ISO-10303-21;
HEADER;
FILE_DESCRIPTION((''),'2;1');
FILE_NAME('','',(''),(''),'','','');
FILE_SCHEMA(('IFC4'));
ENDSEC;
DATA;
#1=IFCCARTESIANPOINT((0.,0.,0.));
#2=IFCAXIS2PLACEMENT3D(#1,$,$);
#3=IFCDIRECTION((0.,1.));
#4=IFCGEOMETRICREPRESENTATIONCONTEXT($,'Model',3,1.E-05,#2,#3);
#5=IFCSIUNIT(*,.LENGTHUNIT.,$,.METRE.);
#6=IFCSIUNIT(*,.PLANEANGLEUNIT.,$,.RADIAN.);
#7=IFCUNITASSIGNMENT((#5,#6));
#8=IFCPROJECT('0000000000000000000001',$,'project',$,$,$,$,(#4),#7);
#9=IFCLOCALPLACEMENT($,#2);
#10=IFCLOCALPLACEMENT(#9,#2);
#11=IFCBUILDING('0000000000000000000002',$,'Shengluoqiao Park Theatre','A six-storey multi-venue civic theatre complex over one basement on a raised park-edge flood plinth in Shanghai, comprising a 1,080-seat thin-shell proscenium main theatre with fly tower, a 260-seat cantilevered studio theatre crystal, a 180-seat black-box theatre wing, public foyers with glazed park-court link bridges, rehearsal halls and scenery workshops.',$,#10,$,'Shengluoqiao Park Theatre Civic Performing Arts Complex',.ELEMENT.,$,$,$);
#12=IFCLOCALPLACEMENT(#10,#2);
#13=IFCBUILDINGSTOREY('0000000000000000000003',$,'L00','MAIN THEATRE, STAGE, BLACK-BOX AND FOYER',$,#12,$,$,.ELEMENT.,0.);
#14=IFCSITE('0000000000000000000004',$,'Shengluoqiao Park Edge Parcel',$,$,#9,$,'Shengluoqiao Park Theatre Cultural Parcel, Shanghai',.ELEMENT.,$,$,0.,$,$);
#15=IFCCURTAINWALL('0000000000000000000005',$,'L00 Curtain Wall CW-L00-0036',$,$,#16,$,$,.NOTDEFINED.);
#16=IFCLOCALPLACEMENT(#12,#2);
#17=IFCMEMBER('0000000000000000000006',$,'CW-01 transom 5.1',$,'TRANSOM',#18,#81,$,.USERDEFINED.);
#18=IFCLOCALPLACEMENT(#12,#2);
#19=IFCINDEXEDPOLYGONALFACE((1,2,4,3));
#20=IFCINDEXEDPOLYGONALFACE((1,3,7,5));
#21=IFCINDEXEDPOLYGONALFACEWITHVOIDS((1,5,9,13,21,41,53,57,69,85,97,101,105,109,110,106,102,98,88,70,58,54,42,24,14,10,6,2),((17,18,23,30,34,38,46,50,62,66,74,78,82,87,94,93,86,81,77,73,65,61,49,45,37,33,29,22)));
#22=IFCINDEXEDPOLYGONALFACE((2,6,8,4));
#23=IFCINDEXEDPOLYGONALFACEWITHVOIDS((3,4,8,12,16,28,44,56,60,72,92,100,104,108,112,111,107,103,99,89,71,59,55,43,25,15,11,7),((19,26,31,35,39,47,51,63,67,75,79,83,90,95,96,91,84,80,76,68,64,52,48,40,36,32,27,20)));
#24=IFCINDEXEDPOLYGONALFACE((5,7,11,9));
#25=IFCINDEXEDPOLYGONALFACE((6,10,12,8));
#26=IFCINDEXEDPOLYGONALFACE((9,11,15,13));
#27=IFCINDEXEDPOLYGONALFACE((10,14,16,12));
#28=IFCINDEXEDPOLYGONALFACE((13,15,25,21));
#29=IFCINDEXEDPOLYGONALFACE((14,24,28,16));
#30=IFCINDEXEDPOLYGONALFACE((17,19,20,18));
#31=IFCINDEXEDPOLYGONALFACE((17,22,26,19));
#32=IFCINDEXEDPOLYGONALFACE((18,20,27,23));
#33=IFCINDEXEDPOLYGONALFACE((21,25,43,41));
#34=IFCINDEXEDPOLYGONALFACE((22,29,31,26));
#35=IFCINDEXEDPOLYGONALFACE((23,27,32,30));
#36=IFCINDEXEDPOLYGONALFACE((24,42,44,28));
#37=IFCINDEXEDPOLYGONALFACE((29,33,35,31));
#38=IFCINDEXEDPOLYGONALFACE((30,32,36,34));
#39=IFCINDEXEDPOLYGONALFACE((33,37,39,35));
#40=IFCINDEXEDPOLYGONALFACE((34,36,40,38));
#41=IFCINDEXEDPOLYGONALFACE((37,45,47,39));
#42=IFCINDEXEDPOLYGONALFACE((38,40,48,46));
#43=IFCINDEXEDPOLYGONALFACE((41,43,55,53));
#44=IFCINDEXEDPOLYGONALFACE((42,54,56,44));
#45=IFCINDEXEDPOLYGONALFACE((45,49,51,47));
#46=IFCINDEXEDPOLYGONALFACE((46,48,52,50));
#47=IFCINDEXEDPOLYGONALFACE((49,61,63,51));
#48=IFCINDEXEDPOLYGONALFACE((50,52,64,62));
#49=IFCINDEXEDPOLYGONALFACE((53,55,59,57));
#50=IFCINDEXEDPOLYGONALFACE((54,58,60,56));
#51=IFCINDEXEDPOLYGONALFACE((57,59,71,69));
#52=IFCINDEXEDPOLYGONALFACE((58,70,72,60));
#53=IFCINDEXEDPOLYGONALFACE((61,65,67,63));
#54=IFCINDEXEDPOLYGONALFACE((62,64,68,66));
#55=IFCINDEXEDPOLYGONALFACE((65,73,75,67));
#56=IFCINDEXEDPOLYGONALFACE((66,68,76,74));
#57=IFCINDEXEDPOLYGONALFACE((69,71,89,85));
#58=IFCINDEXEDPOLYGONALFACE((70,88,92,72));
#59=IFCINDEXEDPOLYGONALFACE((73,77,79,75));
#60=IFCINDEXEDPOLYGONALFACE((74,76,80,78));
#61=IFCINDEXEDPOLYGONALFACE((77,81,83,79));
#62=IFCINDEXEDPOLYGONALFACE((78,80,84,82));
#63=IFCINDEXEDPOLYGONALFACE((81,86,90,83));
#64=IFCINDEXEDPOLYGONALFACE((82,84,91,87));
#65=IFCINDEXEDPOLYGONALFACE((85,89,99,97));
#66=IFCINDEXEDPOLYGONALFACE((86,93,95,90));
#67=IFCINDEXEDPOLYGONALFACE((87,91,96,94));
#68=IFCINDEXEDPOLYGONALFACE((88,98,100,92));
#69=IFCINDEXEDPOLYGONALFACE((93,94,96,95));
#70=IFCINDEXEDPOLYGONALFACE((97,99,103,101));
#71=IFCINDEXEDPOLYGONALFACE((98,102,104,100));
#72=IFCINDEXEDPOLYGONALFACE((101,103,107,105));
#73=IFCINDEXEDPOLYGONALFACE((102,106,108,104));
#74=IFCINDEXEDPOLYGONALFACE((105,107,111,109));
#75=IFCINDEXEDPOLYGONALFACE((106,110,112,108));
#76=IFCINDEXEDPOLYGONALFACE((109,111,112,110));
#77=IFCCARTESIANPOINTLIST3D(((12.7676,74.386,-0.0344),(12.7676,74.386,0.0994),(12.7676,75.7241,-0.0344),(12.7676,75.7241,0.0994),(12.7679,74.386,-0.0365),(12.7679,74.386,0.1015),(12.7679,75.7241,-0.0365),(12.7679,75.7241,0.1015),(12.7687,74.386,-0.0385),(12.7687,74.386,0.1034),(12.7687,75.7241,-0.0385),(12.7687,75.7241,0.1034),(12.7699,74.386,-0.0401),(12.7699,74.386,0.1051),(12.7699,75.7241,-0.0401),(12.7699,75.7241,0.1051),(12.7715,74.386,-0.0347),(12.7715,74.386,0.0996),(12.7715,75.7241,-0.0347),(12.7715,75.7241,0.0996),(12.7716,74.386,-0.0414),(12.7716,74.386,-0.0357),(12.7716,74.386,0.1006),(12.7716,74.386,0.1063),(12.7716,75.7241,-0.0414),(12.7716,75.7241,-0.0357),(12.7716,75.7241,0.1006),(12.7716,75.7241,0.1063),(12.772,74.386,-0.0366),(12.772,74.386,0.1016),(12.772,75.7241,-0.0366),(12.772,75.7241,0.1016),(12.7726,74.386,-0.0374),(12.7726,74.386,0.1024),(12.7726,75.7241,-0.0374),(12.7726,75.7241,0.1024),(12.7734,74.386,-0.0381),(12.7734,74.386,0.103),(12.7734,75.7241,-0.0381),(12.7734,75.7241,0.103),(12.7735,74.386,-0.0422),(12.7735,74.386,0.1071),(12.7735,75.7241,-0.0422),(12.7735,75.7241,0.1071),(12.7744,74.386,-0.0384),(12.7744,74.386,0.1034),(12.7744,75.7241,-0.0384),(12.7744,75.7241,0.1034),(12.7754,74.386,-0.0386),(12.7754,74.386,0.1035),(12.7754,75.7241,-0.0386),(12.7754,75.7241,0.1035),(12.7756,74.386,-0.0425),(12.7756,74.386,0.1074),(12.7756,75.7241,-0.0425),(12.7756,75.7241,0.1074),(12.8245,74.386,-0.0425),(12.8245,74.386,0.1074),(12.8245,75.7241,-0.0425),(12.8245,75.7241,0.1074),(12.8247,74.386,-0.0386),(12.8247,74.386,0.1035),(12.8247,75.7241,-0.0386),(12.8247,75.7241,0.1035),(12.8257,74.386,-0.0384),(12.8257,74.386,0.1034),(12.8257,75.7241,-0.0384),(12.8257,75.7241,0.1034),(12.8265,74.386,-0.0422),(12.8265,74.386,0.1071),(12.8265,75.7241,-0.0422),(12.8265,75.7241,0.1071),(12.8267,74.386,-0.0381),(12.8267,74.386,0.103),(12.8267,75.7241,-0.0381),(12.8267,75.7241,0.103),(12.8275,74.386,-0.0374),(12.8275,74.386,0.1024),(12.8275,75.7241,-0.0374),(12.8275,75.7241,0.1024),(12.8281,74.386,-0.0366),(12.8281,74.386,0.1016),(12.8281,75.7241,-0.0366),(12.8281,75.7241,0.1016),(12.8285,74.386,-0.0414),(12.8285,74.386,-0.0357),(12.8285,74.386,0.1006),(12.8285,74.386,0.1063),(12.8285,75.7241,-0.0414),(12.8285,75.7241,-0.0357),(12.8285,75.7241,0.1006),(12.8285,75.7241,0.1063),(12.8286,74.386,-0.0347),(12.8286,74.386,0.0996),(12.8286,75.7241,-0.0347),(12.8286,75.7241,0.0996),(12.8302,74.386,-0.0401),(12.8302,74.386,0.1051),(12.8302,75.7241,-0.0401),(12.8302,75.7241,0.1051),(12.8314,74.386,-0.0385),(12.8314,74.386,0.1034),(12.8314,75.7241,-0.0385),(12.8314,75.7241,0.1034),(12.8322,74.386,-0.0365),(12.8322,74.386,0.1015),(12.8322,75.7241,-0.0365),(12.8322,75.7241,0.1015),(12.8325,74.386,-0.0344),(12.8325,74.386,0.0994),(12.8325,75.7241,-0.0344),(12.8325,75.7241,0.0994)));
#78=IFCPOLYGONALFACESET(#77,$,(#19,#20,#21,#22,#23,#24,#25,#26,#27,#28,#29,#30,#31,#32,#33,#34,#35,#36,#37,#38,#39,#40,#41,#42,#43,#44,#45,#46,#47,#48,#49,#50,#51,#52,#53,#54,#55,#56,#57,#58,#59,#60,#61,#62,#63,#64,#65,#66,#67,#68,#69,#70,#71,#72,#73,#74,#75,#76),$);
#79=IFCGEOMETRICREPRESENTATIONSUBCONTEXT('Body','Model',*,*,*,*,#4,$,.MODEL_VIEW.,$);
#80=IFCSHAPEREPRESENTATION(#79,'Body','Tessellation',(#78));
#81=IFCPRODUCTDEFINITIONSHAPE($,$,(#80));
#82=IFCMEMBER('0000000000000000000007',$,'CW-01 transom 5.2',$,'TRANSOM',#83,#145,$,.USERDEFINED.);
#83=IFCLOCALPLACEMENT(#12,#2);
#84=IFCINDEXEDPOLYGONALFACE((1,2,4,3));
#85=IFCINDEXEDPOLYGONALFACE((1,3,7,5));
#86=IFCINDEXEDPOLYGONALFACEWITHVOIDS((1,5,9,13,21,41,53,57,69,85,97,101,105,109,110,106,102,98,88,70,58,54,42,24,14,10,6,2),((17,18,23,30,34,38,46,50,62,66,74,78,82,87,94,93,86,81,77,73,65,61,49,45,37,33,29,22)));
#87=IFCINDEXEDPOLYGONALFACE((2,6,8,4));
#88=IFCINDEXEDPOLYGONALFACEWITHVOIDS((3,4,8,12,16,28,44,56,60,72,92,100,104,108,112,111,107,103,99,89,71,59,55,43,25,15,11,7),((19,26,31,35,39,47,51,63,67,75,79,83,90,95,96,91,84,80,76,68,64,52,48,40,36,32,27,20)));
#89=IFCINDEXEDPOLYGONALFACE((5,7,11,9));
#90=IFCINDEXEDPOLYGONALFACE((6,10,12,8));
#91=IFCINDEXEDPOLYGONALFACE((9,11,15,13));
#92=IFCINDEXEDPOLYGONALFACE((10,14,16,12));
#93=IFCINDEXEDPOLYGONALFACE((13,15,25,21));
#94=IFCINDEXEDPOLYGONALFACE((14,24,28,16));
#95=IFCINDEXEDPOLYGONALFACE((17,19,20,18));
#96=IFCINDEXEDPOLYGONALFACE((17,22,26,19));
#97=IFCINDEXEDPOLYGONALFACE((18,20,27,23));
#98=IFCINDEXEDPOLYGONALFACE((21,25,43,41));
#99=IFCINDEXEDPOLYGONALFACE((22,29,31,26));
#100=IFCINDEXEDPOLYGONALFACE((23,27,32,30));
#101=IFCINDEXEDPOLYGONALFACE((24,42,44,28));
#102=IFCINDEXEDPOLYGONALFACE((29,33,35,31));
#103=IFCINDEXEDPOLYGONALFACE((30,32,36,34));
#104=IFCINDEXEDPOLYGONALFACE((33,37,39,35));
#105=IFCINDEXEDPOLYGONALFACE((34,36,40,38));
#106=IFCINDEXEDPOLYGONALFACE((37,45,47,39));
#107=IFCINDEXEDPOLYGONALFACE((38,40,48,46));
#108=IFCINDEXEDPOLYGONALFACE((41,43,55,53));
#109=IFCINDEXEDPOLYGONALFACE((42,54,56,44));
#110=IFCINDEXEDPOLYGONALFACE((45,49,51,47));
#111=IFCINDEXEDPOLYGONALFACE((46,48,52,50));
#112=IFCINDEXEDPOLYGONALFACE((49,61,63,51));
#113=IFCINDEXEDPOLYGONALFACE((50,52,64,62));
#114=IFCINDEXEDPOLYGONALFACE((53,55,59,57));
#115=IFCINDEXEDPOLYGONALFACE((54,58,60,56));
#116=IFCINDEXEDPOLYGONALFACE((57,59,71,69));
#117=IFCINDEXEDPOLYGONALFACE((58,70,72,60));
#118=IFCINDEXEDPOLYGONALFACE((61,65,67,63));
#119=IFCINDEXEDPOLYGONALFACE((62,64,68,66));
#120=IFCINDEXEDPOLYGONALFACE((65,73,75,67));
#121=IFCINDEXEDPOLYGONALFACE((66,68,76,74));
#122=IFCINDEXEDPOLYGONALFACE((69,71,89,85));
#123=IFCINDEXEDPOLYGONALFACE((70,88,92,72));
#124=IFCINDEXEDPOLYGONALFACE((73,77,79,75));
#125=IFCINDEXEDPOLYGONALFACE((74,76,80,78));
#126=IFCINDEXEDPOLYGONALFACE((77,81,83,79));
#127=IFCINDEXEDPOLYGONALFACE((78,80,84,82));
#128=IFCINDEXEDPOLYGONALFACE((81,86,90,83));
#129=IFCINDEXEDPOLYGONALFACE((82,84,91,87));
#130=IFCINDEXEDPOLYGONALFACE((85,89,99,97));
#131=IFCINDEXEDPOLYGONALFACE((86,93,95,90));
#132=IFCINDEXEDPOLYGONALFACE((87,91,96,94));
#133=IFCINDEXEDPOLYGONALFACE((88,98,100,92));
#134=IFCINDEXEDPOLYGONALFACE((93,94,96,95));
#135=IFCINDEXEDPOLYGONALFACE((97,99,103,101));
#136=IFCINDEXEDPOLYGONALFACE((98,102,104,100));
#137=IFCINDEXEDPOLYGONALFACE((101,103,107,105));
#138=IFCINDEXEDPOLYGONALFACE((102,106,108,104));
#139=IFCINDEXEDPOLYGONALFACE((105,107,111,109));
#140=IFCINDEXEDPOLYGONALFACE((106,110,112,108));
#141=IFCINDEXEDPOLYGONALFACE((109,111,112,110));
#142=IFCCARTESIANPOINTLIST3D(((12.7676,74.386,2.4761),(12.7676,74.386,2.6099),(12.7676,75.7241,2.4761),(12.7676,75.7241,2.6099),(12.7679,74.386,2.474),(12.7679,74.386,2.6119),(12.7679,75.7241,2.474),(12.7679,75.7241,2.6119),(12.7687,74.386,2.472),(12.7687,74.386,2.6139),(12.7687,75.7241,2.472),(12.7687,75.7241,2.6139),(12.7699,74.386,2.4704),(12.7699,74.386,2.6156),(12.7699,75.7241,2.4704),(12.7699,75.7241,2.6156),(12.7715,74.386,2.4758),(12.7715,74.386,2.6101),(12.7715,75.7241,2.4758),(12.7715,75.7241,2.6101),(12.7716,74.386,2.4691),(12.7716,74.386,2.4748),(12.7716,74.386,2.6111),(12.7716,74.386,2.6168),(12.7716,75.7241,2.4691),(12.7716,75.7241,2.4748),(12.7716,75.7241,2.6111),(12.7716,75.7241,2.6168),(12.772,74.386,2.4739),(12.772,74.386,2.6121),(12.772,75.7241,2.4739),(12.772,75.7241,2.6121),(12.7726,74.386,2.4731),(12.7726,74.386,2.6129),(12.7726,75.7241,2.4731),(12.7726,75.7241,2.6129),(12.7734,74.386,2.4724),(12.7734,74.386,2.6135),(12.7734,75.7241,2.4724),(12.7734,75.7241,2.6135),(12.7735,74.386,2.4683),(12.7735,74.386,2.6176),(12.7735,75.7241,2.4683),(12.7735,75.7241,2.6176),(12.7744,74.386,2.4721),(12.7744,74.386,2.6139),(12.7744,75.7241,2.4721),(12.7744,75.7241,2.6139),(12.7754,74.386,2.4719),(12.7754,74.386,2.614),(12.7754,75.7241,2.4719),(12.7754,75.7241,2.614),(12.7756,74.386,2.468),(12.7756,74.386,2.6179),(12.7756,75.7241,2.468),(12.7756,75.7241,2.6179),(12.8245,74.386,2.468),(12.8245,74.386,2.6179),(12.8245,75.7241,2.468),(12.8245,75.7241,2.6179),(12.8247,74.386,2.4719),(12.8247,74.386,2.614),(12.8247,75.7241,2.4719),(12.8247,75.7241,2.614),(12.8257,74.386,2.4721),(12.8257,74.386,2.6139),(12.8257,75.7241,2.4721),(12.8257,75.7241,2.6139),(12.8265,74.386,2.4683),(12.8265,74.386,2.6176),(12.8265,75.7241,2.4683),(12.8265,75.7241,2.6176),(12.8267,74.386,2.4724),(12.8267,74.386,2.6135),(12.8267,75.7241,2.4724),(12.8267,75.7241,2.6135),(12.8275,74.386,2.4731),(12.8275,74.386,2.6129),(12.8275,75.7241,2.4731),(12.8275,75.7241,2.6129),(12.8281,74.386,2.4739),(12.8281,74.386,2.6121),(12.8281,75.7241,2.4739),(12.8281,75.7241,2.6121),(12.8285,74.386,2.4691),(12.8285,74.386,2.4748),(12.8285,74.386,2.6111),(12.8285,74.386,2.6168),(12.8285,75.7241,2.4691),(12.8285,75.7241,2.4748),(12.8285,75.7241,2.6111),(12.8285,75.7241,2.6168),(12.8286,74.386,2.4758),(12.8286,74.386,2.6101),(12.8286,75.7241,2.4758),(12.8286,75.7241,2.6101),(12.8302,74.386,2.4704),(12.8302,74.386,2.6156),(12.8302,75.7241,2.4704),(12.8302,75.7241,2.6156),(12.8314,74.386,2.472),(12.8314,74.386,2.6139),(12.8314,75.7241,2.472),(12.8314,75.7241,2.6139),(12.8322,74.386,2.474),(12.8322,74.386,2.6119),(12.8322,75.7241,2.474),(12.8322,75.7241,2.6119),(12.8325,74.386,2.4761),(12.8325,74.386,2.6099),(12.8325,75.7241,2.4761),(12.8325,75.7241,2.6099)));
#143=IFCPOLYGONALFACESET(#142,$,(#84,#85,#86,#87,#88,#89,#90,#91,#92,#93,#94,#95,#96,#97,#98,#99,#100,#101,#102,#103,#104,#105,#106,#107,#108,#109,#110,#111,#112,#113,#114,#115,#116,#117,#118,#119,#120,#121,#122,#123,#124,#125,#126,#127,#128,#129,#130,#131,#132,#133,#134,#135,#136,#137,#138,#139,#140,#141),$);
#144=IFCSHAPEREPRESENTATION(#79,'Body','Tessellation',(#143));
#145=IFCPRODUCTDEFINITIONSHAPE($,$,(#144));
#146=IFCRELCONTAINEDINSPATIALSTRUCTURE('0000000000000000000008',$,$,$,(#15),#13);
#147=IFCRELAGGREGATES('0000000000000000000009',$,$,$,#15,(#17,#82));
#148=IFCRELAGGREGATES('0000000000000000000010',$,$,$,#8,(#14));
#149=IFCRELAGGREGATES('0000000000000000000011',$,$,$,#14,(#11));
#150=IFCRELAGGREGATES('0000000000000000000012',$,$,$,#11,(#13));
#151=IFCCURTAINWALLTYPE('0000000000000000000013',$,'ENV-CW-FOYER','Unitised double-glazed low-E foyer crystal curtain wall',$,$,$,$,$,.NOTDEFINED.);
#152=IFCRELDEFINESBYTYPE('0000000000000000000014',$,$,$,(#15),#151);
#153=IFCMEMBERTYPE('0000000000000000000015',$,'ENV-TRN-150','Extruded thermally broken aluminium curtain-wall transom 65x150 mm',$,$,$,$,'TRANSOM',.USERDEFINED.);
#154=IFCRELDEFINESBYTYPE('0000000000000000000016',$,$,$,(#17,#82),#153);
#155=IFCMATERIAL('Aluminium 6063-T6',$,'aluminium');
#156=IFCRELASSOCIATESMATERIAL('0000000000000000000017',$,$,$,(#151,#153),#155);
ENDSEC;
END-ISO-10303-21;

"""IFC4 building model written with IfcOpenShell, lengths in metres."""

from ifc_helpers import new_model, si_unit, direction, frame, origin, origin_2d, place, context, subcontext, project, spatial, hollow_rectangle, extrude, material, material_profile, profile_set, type_object, element, aggregate, save


model = new_model("IFC4")

# Units and contexts
model_context = context("Model", 3, precision=1e-05, world=origin(), true_north=direction((0.0, 1.0)))
body_context = subcontext(model_context, "Body", "Model", "MODEL_VIEW")
ifc_project = project(units=[si_unit("LENGTHUNIT", "METRE"), si_unit("PLANEANGLEUNIT", "RADIAN")], contexts=[model_context])

# Site, building, storey
site_placement = place(None, origin())
site = spatial("IfcSite", under=ifc_project, at=site_placement, Name="Shengluoqiao Park Edge Parcel", LongName="Shengluoqiao Park Theatre Cultural Parcel, Shanghai", CompositionType="ELEMENT", RefElevation=0.0)
building_placement = place(site_placement, origin())
building = spatial("IfcBuilding", under=site, at=building_placement, Name="Shengluoqiao Park Theatre", Description="A six-storey multi-venue civic theatre complex over one basement on a raised park-edge flood plinth in Shanghai, comprising a 1,080-seat thin-shell proscenium main theatre with fly tower, a 260-seat cantilevered studio theatre crystal, a 180-seat black-box theatre wing, public foyers with glazed park-court link bridges, rehearsal halls and scenery workshops.", LongName="Shengluoqiao Park Theatre Civic Performing Arts Complex", CompositionType="ELEMENT")
storey_placement = place(building_placement, origin())
storey = spatial("IfcBuildingStorey", under=building, at=storey_placement, Name="L00", Description="MAIN THEATRE, STAGE, BLACK-BOX AND FOYER", CompositionType="ELEMENT", Elevation=0.0)

# Curtain wall
ifc_material_1 = material(Name="Aluminium 6063-T6", Category="aluminium")
curtain_wall_type = type_object("IfcCurtainWallType", Name="ENV-CW-FOYER", Description="Unitised double-glazed low-E foyer crystal curtain wall", PredefinedType="NOTDEFINED", material=ifc_material_1)
curtain_wall_1_placement = place(storey_placement, origin())
curtain_wall_1 = element("IfcCurtainWall", 1, at=curtain_wall_1_placement, inside=storey, type_object=curtain_wall_type, Name="L00 Curtain Wall CW-L00-0036", PredefinedType="NOTDEFINED")

# Members
ifc_material_profile_1 = material_profile(ifc_material_1, hollow_rectangle(XDim=0.0649, YDim=0.1499, WallThickness=0.0039, InnerFilletRadius=0.0039, OuterFilletRadius=0.0081, at=origin_2d()), Name="ALU TRANSOM 150x65x4")
ifc_profile_set_1 = profile_set([ifc_material_profile_1], Name="Aluminium 6063-T6")
member_type_1 = type_object("IfcMemberType", Name="ENV-TRN-150", Description="Extruded thermally broken aluminium curtain-wall transom 65x150 mm", ElementType="TRANSOM", PredefinedType="USERDEFINED", material=ifc_profile_set_1)
member_1_placement = place(storey_placement, frame((12.8, 74.386, 0.0325), z_axis=(0.0, 1.0, 0.0), x_axis=(-1.0, 0.0, 0.0)))
member_1 = element("IfcMember", 2, at=member_1_placement, type_object=member_type_1, Name="CW-01 transom 5.1", ObjectType="TRANSOM", PredefinedType="USERDEFINED", context=body_context, shape_type="SweptSolid", body=[
    extrude(hollow_rectangle(XDim=0.0649, YDim=0.1499, WallThickness=0.0039, InnerFilletRadius=0.0039, OuterFilletRadius=0.0081, at=origin_2d()), origin(), (0.0, 0.0, 1.0), 1.3381),
])
member_2_placement = place(storey_placement, frame((12.8, 74.386, 2.543), z_axis=(0.0, 1.0, 0.0), x_axis=(-1.0, 0.0, 0.0)))
member_2 = element("IfcMember", 3, at=member_2_placement, type_object=member_type_1, Name="CW-01 transom 5.2", ObjectType="TRANSOM", PredefinedType="USERDEFINED", context=body_context, shape_type="SweptSolid", body=[
    extrude(hollow_rectangle(XDim=0.0649, YDim=0.1499, WallThickness=0.0039, InnerFilletRadius=0.0039, OuterFilletRadius=0.0081, at=origin_2d()), origin(), (0.0, 0.0, 1.0), 1.3381),
])

aggregate(curtain_wall_1, [member_1, member_2])

save(model, "model.ifc")
